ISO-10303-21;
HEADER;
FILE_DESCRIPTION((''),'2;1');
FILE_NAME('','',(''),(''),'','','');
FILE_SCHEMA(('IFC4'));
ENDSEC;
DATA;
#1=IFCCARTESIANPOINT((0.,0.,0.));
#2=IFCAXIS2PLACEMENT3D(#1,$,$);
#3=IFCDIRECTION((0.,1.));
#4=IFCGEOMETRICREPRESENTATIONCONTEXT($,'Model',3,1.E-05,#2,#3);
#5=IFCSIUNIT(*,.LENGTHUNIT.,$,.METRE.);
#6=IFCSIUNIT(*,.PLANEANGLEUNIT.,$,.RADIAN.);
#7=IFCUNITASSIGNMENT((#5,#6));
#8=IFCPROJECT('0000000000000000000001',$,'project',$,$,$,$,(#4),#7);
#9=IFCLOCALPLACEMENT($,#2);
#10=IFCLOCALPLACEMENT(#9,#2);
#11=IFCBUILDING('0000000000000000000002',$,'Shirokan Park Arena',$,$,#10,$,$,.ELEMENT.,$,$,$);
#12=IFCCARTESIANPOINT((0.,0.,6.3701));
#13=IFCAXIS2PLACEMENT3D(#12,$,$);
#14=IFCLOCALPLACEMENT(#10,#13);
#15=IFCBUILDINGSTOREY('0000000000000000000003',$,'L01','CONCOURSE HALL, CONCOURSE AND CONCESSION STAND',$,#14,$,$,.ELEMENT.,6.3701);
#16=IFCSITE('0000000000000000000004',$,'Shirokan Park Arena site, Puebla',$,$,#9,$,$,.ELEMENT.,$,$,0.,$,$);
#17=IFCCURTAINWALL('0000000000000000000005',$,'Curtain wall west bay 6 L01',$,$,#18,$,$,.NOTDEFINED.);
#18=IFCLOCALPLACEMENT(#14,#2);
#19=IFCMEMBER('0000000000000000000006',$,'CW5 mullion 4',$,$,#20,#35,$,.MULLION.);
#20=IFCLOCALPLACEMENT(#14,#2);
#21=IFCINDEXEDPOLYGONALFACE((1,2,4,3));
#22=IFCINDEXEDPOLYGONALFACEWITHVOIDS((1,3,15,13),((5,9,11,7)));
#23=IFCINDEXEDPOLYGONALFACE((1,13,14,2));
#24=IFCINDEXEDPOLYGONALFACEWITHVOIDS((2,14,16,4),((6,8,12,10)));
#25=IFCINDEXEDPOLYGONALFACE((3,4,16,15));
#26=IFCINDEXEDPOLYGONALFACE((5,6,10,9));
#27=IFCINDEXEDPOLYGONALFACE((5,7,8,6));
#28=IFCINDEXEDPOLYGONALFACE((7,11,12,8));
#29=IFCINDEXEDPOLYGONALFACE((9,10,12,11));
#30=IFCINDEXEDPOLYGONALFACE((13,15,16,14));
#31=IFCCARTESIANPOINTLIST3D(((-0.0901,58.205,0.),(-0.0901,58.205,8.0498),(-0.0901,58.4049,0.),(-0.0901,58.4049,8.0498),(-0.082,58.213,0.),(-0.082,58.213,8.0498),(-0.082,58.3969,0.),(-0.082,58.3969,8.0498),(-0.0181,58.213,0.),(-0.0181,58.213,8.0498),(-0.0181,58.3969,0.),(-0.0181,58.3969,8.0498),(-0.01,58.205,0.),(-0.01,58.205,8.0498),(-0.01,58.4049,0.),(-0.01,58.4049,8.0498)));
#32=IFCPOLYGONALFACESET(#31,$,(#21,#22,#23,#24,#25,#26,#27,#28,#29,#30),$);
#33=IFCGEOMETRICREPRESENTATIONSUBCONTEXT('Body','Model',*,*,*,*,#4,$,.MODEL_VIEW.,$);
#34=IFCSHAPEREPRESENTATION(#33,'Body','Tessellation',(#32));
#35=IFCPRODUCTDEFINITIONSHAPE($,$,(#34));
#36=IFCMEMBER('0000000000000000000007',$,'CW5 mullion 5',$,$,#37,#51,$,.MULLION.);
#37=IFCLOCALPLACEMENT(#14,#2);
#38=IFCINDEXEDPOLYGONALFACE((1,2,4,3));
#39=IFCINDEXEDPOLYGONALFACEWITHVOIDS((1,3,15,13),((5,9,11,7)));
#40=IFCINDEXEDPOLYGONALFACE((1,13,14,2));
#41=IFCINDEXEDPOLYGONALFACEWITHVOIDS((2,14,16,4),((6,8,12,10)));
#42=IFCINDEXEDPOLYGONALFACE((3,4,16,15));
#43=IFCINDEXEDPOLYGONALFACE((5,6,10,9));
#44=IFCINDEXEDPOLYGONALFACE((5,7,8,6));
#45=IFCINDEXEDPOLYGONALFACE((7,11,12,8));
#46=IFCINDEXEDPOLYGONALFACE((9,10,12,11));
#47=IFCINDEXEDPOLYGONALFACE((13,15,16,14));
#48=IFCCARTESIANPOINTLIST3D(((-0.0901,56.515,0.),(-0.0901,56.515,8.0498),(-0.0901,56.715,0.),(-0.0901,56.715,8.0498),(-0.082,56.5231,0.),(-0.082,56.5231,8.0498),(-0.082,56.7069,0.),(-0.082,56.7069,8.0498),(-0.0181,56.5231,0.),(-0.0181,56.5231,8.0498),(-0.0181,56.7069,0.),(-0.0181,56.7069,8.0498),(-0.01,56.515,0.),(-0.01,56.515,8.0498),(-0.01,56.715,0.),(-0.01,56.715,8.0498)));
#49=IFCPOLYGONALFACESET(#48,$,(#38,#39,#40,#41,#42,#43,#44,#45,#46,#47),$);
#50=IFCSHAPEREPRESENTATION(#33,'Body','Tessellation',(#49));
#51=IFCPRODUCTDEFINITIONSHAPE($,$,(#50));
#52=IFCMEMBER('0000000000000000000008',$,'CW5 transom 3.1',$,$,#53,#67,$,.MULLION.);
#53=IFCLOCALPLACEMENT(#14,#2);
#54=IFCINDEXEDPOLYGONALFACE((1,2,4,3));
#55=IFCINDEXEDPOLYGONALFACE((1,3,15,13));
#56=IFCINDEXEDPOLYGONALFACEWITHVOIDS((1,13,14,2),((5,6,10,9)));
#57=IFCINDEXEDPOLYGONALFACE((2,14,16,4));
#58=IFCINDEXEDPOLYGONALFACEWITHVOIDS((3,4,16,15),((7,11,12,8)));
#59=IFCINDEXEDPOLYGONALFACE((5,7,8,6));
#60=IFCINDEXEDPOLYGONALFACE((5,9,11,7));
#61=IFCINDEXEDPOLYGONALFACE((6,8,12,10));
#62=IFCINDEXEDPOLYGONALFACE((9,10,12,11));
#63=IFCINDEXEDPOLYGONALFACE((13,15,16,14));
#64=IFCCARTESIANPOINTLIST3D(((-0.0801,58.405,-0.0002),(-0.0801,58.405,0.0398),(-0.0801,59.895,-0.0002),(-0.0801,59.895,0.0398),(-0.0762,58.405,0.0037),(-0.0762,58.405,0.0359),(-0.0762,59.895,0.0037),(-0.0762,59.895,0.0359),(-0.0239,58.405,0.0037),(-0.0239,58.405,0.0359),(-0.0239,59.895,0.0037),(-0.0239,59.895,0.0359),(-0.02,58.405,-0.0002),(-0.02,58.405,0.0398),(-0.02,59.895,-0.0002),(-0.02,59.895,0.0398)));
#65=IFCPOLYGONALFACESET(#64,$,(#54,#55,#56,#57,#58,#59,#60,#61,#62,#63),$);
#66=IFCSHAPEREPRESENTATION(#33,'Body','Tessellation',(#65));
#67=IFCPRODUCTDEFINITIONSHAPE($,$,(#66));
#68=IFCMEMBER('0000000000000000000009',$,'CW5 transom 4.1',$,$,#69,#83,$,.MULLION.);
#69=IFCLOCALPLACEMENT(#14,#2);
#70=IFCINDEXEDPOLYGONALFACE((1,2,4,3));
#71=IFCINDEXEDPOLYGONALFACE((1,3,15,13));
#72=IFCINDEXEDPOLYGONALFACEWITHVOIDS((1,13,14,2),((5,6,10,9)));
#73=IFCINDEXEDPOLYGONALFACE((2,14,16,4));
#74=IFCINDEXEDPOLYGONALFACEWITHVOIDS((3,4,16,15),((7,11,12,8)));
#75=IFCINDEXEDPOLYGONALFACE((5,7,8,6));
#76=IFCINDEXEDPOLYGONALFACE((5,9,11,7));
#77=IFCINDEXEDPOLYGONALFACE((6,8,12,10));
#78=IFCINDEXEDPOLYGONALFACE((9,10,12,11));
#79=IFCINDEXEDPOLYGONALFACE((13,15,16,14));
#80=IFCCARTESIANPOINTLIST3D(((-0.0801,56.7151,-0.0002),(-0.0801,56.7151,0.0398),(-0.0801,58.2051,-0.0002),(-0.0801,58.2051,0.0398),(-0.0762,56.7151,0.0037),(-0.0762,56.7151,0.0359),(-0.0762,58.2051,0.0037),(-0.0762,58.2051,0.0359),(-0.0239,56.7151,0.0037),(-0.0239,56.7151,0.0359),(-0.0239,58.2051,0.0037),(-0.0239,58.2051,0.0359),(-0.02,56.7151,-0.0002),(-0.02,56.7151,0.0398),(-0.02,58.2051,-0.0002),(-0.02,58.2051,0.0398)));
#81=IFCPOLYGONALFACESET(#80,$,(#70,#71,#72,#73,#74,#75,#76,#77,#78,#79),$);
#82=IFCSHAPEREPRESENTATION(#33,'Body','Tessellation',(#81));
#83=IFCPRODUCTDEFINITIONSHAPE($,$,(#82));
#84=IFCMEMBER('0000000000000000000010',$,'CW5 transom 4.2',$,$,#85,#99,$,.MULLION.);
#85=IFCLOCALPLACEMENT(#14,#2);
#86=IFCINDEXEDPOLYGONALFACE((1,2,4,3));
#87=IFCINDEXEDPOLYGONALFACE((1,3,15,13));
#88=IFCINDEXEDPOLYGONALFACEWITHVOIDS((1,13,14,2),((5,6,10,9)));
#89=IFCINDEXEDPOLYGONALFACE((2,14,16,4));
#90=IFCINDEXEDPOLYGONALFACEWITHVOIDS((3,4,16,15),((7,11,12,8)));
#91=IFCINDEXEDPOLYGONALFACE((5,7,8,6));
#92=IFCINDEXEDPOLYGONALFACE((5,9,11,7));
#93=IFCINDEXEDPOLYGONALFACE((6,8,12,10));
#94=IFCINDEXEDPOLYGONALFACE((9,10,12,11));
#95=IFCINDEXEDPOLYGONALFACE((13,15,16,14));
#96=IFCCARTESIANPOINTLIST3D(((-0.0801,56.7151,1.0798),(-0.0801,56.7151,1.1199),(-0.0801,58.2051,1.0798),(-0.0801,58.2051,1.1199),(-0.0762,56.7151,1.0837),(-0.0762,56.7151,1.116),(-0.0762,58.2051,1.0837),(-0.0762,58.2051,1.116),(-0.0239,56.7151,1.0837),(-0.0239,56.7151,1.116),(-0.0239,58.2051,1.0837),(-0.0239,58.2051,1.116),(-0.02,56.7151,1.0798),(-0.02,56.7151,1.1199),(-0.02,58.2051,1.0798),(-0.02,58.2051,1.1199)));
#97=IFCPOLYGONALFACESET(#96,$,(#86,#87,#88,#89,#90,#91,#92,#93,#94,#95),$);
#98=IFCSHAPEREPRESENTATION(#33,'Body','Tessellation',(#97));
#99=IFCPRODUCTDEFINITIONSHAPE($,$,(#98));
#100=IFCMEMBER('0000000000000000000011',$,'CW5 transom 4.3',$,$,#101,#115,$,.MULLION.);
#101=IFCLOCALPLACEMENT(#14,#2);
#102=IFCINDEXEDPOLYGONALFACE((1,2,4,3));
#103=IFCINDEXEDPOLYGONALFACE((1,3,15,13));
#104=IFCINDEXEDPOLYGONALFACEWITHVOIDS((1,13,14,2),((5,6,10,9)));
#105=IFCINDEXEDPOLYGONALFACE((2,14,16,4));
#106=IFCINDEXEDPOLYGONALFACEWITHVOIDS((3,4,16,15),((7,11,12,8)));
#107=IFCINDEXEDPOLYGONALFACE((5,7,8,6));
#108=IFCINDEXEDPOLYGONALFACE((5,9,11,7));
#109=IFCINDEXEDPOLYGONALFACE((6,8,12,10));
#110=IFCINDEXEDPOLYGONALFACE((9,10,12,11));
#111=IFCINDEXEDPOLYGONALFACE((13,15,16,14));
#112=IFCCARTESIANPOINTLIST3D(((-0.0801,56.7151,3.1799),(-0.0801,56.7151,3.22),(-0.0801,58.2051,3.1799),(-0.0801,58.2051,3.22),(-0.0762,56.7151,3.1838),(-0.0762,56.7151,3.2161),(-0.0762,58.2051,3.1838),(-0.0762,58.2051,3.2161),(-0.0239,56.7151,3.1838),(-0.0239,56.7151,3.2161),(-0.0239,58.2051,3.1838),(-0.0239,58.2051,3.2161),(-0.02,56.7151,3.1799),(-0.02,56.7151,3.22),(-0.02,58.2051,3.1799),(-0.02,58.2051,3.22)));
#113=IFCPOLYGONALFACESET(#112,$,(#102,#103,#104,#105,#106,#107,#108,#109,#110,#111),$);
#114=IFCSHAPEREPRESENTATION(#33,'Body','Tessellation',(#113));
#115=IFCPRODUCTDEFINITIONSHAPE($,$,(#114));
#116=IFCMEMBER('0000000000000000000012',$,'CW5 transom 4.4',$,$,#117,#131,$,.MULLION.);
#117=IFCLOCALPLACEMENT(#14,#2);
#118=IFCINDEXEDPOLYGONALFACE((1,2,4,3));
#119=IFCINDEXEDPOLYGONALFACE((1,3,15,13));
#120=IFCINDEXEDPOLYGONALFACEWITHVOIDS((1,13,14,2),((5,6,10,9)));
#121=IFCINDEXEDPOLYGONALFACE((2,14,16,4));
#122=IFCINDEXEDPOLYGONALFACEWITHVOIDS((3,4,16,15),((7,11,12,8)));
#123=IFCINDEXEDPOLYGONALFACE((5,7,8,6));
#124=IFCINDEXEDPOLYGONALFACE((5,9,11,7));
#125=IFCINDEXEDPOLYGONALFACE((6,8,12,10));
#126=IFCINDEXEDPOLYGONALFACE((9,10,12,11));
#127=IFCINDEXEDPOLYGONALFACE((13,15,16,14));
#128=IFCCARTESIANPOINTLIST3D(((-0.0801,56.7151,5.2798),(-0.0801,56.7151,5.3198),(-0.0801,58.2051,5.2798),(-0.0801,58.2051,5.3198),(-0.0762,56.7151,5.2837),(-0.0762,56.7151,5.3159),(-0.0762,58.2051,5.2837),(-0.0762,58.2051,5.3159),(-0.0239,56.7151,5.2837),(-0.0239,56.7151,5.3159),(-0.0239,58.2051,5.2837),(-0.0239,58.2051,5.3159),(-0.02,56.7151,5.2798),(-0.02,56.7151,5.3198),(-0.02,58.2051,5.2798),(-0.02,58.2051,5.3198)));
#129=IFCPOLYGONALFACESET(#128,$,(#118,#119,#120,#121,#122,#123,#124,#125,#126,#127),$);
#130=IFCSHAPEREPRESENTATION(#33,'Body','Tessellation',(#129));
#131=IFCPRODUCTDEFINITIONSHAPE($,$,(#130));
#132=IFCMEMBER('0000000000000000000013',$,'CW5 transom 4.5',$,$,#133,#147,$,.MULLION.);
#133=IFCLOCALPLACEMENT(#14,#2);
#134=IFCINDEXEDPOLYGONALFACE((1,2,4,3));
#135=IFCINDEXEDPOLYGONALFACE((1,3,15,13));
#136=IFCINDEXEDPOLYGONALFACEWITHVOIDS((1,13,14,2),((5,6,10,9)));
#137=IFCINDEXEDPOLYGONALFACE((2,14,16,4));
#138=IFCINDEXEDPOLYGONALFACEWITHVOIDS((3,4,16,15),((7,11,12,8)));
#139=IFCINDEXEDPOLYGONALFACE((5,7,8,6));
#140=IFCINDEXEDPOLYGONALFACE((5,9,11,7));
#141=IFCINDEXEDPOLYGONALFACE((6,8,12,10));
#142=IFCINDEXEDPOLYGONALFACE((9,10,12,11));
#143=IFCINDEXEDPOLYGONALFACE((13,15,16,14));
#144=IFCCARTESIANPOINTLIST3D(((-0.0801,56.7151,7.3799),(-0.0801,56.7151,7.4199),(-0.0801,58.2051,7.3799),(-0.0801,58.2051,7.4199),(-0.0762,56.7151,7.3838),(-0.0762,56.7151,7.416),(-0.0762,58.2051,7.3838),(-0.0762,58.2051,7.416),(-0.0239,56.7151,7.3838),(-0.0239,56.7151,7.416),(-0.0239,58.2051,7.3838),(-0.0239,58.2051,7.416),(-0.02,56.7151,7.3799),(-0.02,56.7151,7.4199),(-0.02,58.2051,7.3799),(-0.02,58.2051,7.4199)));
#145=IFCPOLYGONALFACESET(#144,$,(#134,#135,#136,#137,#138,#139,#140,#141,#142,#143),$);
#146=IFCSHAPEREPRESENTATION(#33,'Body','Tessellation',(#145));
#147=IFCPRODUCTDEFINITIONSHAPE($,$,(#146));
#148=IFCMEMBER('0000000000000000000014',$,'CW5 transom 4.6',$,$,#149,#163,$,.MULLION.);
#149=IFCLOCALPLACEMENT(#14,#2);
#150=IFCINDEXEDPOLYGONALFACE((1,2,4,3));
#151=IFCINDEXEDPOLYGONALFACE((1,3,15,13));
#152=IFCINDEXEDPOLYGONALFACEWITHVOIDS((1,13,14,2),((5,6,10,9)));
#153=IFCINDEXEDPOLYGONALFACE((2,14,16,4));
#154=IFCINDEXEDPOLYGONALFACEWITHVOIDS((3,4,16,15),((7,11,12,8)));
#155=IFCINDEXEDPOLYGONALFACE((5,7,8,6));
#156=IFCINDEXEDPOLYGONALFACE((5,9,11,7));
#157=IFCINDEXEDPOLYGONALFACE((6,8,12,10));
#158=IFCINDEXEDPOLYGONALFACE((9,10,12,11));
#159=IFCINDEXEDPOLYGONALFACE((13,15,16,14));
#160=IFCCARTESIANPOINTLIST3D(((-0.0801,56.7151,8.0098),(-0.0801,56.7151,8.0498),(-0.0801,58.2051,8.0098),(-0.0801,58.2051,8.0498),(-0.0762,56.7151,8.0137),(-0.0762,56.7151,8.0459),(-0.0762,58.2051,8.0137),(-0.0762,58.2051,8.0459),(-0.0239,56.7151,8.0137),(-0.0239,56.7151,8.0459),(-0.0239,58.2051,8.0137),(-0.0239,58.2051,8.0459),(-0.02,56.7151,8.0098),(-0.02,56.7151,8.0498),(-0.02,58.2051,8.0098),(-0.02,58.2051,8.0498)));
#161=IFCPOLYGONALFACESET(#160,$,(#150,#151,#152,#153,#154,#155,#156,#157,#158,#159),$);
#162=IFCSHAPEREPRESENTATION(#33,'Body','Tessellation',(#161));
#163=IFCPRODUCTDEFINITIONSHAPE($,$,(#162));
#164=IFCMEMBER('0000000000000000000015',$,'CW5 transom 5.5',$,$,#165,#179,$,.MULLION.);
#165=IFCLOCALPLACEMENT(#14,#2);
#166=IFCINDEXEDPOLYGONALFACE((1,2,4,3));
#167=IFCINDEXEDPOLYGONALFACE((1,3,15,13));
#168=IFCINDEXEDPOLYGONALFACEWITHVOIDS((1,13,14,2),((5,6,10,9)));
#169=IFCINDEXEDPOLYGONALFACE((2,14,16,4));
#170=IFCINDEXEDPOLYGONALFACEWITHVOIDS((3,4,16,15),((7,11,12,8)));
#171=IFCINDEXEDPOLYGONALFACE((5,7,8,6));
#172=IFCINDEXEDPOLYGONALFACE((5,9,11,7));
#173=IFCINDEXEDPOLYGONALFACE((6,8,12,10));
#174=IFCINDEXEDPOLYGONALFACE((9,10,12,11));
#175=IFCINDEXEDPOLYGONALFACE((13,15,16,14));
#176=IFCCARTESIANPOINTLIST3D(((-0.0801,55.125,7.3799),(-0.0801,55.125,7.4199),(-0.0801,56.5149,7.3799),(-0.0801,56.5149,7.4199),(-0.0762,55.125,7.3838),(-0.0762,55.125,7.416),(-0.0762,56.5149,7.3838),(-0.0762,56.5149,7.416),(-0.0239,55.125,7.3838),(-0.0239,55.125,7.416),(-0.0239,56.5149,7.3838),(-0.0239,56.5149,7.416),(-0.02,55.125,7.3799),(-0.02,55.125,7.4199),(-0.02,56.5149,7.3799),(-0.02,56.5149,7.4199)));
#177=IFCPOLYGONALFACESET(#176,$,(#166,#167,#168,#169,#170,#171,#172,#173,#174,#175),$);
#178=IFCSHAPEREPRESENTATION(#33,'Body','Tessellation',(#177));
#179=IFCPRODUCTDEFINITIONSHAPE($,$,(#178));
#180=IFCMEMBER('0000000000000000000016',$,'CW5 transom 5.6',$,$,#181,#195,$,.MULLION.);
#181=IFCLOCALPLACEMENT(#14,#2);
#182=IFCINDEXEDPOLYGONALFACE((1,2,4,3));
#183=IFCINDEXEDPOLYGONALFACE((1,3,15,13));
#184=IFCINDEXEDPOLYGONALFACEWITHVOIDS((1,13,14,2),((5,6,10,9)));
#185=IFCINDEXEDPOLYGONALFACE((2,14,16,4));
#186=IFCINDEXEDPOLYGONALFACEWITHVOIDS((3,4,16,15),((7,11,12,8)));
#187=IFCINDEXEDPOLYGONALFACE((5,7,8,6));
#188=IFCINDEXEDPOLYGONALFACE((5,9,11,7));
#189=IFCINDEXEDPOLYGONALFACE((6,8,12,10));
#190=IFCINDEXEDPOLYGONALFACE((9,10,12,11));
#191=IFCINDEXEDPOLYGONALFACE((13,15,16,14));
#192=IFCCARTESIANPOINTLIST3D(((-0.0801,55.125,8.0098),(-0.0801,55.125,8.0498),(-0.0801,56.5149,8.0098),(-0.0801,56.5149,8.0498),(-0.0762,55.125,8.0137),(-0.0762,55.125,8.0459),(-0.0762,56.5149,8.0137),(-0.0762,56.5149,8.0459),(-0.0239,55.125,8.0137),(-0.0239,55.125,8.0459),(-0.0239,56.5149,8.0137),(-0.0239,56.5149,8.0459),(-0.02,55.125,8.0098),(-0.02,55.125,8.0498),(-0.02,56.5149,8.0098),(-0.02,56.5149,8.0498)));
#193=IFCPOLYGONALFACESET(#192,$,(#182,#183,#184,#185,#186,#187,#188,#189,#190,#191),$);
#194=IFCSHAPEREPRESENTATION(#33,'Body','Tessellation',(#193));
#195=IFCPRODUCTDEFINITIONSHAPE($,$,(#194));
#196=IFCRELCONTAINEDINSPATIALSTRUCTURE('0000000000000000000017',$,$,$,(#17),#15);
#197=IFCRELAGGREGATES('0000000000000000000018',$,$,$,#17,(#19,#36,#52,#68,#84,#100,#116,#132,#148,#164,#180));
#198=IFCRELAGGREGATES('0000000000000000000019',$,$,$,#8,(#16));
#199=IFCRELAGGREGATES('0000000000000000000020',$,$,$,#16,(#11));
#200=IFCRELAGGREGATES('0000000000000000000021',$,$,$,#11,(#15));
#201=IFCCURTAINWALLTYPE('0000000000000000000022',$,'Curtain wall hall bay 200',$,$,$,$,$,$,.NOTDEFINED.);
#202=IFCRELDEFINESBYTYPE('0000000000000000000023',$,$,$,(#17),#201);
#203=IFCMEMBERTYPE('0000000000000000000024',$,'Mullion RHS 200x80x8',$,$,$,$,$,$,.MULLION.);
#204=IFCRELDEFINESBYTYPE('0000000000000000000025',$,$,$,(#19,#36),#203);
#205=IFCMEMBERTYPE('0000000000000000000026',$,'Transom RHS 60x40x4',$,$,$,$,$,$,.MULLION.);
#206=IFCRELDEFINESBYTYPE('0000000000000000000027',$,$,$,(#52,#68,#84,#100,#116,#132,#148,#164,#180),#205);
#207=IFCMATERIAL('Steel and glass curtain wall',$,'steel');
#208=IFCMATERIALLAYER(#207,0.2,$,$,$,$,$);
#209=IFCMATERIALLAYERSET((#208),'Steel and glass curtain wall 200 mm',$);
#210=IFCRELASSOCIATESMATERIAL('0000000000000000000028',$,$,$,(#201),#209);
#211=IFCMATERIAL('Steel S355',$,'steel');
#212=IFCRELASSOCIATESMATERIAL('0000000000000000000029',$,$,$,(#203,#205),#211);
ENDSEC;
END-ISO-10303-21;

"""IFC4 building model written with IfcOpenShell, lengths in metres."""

from ifc_helpers import new_model, si_unit, direction, frame, origin, origin_2d, place, context, subcontext, project, spatial, hollow_rectangle, extrude, material, layer, layer_set, material_profile, profile_set, type_object, element, aggregate, save


model = new_model("IFC4")

# Units and contexts
model_context = context("Model", 3, precision=1e-05, world=origin(), true_north=direction((0.0, 1.0)))
body_context = subcontext(model_context, "Body", "Model", "MODEL_VIEW")
ifc_project = project(units=[si_unit("LENGTHUNIT", "METRE"), si_unit("PLANEANGLEUNIT", "RADIAN")], contexts=[model_context])

# Site, building, storey
site_placement = place(None, origin())
site = spatial("IfcSite", under=ifc_project, at=site_placement, Name="Shirokan Park Arena site, Puebla", CompositionType="ELEMENT", RefElevation=0.0)
building_placement = place(site_placement, origin())
building = spatial("IfcBuilding", under=site, at=building_placement, Name="Shirokan Park Arena", CompositionType="ELEMENT")
storey_placement = place(building_placement, frame((0.0, 0.0, 6.3701)))
storey = spatial("IfcBuildingStorey", under=building, at=storey_placement, Name="L01", Description="CONCOURSE HALL, CONCOURSE AND CONCESSION STAND", CompositionType="ELEMENT", Elevation=6.3701)

# Curtain wall, members
ifc_material_1 = material(Name="Steel and glass curtain wall", Category="steel")
ifc_layer_1 = layer(ifc_material_1, 0.2)
ifc_layer_set_1 = layer_set([ifc_layer_1], Name="Steel and glass curtain wall 200 mm")
curtain_wall_type = type_object("IfcCurtainWallType", Name="Curtain wall hall bay 200", PredefinedType="NOTDEFINED", material=ifc_layer_set_1)
curtain_wall_placement = place(storey_placement, origin())
curtain_wall = element("IfcCurtainWall", 1, at=curtain_wall_placement, inside=storey, type_object=curtain_wall_type, Name="Curtain wall west bay 6 L01", PredefinedType="NOTDEFINED")
ifc_material_2 = material(Name="Steel S355", Category="steel")
ifc_material_profile_1 = material_profile(ifc_material_2, hollow_rectangle(XDim=0.0801, YDim=0.2, WallThickness=0.0081, at=origin_2d()), Name="RHS 200x80x8")
ifc_profile_set_1 = profile_set([ifc_material_profile_1], Name="Steel S355")
member_type_1 = type_object("IfcMemberType", Name="Mullion RHS 200x80x8", PredefinedType="MULLION", material=ifc_profile_set_1)
member_1_placement = place(storey_placement, frame((-0.05, 58.3049, 0.0), z_axis=(0.0, 0.0, 1.0), x_axis=(1.0, 0.0, 0.0)))
member_1 = element("IfcMember", 2, at=member_1_placement, type_object=member_type_1, Name="CW5 mullion 4", PredefinedType="MULLION", context=body_context, shape_type="SweptSolid", body=[
    extrude(hollow_rectangle(XDim=0.0801, YDim=0.2, WallThickness=0.0081, at=origin_2d()), origin(), (0.0, 0.0, 1.0), 8.0498),
])
member_2_placement = place(storey_placement, frame((-0.05, 56.615, 0.0), z_axis=(0.0, 0.0, 1.0), x_axis=(1.0, 0.0, 0.0)))
member_2 = element("IfcMember", 3, at=member_2_placement, type_object=member_type_1, Name="CW5 mullion 5", PredefinedType="MULLION", context=body_context, shape_type="SweptSolid", body=[
    extrude(hollow_rectangle(XDim=0.0801, YDim=0.2, WallThickness=0.0081, at=origin_2d()), origin(), (0.0, 0.0, 1.0), 8.0498),
])
ifc_material_profile_2 = material_profile(ifc_material_2, hollow_rectangle(XDim=0.0601, YDim=0.04, WallThickness=0.0039, at=origin_2d()), Name="RHS 60x40x4")
ifc_profile_set_2 = profile_set([ifc_material_profile_2], Name="Steel S355")
member_type_2 = type_object("IfcMemberType", Name="Transom RHS 60x40x4", PredefinedType="MULLION", material=ifc_profile_set_2)
member_3_placement = place(storey_placement, frame((-0.05, 59.895, 0.0198), z_axis=(0.0, -1.0, 0.0), x_axis=(1.0, 0.0, 0.0)))
member_3 = element("IfcMember", 4, at=member_3_placement, type_object=member_type_2, Name="CW5 transom 3.1", PredefinedType="MULLION", context=body_context, shape_type="SweptSolid", body=[
    extrude(hollow_rectangle(XDim=0.0601, YDim=0.04, WallThickness=0.0039, at=origin_2d()), origin(), (0.0, 0.0, 1.0), 1.49),
])
member_4_placement = place(storey_placement, frame((-0.05, 58.2051, 0.0198), z_axis=(0.0, -1.0, 0.0), x_axis=(1.0, 0.0, 0.0)))
member_4 = element("IfcMember", 5, at=member_4_placement, type_object=member_type_2, Name="CW5 transom 4.1", PredefinedType="MULLION", context=body_context, shape_type="SweptSolid", body=[
    extrude(hollow_rectangle(XDim=0.0601, YDim=0.04, WallThickness=0.0039, at=origin_2d()), origin(), (0.0, 0.0, 1.0), 1.49),
])
member_5_placement = place(storey_placement, frame((-0.05, 58.2051, 1.0999), z_axis=(0.0, -1.0, 0.0), x_axis=(1.0, 0.0, 0.0)))
member_5 = element("IfcMember", 6, at=member_5_placement, type_object=member_type_2, Name="CW5 transom 4.2", PredefinedType="MULLION", context=body_context, shape_type="SweptSolid", body=[
    extrude(hollow_rectangle(XDim=0.0601, YDim=0.04, WallThickness=0.0039, at=origin_2d()), origin(), (0.0, 0.0, 1.0), 1.49),
])
member_6_placement = place(storey_placement, frame((-0.05, 58.2051, 3.2), z_axis=(0.0, -1.0, 0.0), x_axis=(1.0, 0.0, 0.0)))
member_6 = element("IfcMember", 7, at=member_6_placement, type_object=member_type_2, Name="CW5 transom 4.3", PredefinedType="MULLION", context=body_context, shape_type="SweptSolid", body=[
    extrude(hollow_rectangle(XDim=0.0601, YDim=0.04, WallThickness=0.0039, at=origin_2d()), origin(), (0.0, 0.0, 1.0), 1.49),
])
member_7_placement = place(storey_placement, frame((-0.05, 58.2051, 5.2998), z_axis=(0.0, -1.0, 0.0), x_axis=(1.0, 0.0, 0.0)))
member_7 = element("IfcMember", 8, at=member_7_placement, type_object=member_type_2, Name="CW5 transom 4.4", PredefinedType="MULLION", context=body_context, shape_type="SweptSolid", body=[
    extrude(hollow_rectangle(XDim=0.0601, YDim=0.04, WallThickness=0.0039, at=origin_2d()), origin(), (0.0, 0.0, 1.0), 1.49),
])
member_8_placement = place(storey_placement, frame((-0.05, 58.2051, 7.3999), z_axis=(0.0, -1.0, 0.0), x_axis=(1.0, 0.0, 0.0)))
member_8 = element("IfcMember", 9, at=member_8_placement, type_object=member_type_2, Name="CW5 transom 4.5", PredefinedType="MULLION", context=body_context, shape_type="SweptSolid", body=[
    extrude(hollow_rectangle(XDim=0.0601, YDim=0.04, WallThickness=0.0039, at=origin_2d()), origin(), (0.0, 0.0, 1.0), 1.49),
])
member_9_placement = place(storey_placement, frame((-0.05, 58.2051, 8.0298), z_axis=(0.0, -1.0, 0.0), x_axis=(1.0, 0.0, 0.0)))
member_9 = element("IfcMember", 10, at=member_9_placement, type_object=member_type_2, Name="CW5 transom 4.6", PredefinedType="MULLION", context=body_context, shape_type="SweptSolid", body=[
    extrude(hollow_rectangle(XDim=0.0601, YDim=0.04, WallThickness=0.0039, at=origin_2d()), origin(), (0.0, 0.0, 1.0), 1.49),
])
member_10_placement = place(storey_placement, frame((-0.05, 56.5149, 7.3999), z_axis=(0.0, -1.0, 0.0), x_axis=(1.0, 0.0, 0.0)))
member_10 = element("IfcMember", 11, at=member_10_placement, type_object=member_type_2, Name="CW5 transom 5.5", PredefinedType="MULLION", context=body_context, shape_type="SweptSolid", body=[
    extrude(hollow_rectangle(XDim=0.0601, YDim=0.04, WallThickness=0.0039, at=origin_2d()), origin(), (0.0, 0.0, 1.0), 1.3899),
])
member_11_placement = place(storey_placement, frame((-0.05, 56.5149, 8.0298), z_axis=(0.0, -1.0, 0.0), x_axis=(1.0, 0.0, 0.0)))
member_11 = element("IfcMember", 12, at=member_11_placement, type_object=member_type_2, Name="CW5 transom 5.6", PredefinedType="MULLION", context=body_context, shape_type="SweptSolid", body=[
    extrude(hollow_rectangle(XDim=0.0601, YDim=0.04, WallThickness=0.0039, at=origin_2d()), origin(), (0.0, 0.0, 1.0), 1.3899),
])
aggregate(curtain_wall, [member_1, member_2, member_3, member_4, member_5, member_6, member_7, member_8, member_9, member_10, member_11])

save(model, "model.ifc")
